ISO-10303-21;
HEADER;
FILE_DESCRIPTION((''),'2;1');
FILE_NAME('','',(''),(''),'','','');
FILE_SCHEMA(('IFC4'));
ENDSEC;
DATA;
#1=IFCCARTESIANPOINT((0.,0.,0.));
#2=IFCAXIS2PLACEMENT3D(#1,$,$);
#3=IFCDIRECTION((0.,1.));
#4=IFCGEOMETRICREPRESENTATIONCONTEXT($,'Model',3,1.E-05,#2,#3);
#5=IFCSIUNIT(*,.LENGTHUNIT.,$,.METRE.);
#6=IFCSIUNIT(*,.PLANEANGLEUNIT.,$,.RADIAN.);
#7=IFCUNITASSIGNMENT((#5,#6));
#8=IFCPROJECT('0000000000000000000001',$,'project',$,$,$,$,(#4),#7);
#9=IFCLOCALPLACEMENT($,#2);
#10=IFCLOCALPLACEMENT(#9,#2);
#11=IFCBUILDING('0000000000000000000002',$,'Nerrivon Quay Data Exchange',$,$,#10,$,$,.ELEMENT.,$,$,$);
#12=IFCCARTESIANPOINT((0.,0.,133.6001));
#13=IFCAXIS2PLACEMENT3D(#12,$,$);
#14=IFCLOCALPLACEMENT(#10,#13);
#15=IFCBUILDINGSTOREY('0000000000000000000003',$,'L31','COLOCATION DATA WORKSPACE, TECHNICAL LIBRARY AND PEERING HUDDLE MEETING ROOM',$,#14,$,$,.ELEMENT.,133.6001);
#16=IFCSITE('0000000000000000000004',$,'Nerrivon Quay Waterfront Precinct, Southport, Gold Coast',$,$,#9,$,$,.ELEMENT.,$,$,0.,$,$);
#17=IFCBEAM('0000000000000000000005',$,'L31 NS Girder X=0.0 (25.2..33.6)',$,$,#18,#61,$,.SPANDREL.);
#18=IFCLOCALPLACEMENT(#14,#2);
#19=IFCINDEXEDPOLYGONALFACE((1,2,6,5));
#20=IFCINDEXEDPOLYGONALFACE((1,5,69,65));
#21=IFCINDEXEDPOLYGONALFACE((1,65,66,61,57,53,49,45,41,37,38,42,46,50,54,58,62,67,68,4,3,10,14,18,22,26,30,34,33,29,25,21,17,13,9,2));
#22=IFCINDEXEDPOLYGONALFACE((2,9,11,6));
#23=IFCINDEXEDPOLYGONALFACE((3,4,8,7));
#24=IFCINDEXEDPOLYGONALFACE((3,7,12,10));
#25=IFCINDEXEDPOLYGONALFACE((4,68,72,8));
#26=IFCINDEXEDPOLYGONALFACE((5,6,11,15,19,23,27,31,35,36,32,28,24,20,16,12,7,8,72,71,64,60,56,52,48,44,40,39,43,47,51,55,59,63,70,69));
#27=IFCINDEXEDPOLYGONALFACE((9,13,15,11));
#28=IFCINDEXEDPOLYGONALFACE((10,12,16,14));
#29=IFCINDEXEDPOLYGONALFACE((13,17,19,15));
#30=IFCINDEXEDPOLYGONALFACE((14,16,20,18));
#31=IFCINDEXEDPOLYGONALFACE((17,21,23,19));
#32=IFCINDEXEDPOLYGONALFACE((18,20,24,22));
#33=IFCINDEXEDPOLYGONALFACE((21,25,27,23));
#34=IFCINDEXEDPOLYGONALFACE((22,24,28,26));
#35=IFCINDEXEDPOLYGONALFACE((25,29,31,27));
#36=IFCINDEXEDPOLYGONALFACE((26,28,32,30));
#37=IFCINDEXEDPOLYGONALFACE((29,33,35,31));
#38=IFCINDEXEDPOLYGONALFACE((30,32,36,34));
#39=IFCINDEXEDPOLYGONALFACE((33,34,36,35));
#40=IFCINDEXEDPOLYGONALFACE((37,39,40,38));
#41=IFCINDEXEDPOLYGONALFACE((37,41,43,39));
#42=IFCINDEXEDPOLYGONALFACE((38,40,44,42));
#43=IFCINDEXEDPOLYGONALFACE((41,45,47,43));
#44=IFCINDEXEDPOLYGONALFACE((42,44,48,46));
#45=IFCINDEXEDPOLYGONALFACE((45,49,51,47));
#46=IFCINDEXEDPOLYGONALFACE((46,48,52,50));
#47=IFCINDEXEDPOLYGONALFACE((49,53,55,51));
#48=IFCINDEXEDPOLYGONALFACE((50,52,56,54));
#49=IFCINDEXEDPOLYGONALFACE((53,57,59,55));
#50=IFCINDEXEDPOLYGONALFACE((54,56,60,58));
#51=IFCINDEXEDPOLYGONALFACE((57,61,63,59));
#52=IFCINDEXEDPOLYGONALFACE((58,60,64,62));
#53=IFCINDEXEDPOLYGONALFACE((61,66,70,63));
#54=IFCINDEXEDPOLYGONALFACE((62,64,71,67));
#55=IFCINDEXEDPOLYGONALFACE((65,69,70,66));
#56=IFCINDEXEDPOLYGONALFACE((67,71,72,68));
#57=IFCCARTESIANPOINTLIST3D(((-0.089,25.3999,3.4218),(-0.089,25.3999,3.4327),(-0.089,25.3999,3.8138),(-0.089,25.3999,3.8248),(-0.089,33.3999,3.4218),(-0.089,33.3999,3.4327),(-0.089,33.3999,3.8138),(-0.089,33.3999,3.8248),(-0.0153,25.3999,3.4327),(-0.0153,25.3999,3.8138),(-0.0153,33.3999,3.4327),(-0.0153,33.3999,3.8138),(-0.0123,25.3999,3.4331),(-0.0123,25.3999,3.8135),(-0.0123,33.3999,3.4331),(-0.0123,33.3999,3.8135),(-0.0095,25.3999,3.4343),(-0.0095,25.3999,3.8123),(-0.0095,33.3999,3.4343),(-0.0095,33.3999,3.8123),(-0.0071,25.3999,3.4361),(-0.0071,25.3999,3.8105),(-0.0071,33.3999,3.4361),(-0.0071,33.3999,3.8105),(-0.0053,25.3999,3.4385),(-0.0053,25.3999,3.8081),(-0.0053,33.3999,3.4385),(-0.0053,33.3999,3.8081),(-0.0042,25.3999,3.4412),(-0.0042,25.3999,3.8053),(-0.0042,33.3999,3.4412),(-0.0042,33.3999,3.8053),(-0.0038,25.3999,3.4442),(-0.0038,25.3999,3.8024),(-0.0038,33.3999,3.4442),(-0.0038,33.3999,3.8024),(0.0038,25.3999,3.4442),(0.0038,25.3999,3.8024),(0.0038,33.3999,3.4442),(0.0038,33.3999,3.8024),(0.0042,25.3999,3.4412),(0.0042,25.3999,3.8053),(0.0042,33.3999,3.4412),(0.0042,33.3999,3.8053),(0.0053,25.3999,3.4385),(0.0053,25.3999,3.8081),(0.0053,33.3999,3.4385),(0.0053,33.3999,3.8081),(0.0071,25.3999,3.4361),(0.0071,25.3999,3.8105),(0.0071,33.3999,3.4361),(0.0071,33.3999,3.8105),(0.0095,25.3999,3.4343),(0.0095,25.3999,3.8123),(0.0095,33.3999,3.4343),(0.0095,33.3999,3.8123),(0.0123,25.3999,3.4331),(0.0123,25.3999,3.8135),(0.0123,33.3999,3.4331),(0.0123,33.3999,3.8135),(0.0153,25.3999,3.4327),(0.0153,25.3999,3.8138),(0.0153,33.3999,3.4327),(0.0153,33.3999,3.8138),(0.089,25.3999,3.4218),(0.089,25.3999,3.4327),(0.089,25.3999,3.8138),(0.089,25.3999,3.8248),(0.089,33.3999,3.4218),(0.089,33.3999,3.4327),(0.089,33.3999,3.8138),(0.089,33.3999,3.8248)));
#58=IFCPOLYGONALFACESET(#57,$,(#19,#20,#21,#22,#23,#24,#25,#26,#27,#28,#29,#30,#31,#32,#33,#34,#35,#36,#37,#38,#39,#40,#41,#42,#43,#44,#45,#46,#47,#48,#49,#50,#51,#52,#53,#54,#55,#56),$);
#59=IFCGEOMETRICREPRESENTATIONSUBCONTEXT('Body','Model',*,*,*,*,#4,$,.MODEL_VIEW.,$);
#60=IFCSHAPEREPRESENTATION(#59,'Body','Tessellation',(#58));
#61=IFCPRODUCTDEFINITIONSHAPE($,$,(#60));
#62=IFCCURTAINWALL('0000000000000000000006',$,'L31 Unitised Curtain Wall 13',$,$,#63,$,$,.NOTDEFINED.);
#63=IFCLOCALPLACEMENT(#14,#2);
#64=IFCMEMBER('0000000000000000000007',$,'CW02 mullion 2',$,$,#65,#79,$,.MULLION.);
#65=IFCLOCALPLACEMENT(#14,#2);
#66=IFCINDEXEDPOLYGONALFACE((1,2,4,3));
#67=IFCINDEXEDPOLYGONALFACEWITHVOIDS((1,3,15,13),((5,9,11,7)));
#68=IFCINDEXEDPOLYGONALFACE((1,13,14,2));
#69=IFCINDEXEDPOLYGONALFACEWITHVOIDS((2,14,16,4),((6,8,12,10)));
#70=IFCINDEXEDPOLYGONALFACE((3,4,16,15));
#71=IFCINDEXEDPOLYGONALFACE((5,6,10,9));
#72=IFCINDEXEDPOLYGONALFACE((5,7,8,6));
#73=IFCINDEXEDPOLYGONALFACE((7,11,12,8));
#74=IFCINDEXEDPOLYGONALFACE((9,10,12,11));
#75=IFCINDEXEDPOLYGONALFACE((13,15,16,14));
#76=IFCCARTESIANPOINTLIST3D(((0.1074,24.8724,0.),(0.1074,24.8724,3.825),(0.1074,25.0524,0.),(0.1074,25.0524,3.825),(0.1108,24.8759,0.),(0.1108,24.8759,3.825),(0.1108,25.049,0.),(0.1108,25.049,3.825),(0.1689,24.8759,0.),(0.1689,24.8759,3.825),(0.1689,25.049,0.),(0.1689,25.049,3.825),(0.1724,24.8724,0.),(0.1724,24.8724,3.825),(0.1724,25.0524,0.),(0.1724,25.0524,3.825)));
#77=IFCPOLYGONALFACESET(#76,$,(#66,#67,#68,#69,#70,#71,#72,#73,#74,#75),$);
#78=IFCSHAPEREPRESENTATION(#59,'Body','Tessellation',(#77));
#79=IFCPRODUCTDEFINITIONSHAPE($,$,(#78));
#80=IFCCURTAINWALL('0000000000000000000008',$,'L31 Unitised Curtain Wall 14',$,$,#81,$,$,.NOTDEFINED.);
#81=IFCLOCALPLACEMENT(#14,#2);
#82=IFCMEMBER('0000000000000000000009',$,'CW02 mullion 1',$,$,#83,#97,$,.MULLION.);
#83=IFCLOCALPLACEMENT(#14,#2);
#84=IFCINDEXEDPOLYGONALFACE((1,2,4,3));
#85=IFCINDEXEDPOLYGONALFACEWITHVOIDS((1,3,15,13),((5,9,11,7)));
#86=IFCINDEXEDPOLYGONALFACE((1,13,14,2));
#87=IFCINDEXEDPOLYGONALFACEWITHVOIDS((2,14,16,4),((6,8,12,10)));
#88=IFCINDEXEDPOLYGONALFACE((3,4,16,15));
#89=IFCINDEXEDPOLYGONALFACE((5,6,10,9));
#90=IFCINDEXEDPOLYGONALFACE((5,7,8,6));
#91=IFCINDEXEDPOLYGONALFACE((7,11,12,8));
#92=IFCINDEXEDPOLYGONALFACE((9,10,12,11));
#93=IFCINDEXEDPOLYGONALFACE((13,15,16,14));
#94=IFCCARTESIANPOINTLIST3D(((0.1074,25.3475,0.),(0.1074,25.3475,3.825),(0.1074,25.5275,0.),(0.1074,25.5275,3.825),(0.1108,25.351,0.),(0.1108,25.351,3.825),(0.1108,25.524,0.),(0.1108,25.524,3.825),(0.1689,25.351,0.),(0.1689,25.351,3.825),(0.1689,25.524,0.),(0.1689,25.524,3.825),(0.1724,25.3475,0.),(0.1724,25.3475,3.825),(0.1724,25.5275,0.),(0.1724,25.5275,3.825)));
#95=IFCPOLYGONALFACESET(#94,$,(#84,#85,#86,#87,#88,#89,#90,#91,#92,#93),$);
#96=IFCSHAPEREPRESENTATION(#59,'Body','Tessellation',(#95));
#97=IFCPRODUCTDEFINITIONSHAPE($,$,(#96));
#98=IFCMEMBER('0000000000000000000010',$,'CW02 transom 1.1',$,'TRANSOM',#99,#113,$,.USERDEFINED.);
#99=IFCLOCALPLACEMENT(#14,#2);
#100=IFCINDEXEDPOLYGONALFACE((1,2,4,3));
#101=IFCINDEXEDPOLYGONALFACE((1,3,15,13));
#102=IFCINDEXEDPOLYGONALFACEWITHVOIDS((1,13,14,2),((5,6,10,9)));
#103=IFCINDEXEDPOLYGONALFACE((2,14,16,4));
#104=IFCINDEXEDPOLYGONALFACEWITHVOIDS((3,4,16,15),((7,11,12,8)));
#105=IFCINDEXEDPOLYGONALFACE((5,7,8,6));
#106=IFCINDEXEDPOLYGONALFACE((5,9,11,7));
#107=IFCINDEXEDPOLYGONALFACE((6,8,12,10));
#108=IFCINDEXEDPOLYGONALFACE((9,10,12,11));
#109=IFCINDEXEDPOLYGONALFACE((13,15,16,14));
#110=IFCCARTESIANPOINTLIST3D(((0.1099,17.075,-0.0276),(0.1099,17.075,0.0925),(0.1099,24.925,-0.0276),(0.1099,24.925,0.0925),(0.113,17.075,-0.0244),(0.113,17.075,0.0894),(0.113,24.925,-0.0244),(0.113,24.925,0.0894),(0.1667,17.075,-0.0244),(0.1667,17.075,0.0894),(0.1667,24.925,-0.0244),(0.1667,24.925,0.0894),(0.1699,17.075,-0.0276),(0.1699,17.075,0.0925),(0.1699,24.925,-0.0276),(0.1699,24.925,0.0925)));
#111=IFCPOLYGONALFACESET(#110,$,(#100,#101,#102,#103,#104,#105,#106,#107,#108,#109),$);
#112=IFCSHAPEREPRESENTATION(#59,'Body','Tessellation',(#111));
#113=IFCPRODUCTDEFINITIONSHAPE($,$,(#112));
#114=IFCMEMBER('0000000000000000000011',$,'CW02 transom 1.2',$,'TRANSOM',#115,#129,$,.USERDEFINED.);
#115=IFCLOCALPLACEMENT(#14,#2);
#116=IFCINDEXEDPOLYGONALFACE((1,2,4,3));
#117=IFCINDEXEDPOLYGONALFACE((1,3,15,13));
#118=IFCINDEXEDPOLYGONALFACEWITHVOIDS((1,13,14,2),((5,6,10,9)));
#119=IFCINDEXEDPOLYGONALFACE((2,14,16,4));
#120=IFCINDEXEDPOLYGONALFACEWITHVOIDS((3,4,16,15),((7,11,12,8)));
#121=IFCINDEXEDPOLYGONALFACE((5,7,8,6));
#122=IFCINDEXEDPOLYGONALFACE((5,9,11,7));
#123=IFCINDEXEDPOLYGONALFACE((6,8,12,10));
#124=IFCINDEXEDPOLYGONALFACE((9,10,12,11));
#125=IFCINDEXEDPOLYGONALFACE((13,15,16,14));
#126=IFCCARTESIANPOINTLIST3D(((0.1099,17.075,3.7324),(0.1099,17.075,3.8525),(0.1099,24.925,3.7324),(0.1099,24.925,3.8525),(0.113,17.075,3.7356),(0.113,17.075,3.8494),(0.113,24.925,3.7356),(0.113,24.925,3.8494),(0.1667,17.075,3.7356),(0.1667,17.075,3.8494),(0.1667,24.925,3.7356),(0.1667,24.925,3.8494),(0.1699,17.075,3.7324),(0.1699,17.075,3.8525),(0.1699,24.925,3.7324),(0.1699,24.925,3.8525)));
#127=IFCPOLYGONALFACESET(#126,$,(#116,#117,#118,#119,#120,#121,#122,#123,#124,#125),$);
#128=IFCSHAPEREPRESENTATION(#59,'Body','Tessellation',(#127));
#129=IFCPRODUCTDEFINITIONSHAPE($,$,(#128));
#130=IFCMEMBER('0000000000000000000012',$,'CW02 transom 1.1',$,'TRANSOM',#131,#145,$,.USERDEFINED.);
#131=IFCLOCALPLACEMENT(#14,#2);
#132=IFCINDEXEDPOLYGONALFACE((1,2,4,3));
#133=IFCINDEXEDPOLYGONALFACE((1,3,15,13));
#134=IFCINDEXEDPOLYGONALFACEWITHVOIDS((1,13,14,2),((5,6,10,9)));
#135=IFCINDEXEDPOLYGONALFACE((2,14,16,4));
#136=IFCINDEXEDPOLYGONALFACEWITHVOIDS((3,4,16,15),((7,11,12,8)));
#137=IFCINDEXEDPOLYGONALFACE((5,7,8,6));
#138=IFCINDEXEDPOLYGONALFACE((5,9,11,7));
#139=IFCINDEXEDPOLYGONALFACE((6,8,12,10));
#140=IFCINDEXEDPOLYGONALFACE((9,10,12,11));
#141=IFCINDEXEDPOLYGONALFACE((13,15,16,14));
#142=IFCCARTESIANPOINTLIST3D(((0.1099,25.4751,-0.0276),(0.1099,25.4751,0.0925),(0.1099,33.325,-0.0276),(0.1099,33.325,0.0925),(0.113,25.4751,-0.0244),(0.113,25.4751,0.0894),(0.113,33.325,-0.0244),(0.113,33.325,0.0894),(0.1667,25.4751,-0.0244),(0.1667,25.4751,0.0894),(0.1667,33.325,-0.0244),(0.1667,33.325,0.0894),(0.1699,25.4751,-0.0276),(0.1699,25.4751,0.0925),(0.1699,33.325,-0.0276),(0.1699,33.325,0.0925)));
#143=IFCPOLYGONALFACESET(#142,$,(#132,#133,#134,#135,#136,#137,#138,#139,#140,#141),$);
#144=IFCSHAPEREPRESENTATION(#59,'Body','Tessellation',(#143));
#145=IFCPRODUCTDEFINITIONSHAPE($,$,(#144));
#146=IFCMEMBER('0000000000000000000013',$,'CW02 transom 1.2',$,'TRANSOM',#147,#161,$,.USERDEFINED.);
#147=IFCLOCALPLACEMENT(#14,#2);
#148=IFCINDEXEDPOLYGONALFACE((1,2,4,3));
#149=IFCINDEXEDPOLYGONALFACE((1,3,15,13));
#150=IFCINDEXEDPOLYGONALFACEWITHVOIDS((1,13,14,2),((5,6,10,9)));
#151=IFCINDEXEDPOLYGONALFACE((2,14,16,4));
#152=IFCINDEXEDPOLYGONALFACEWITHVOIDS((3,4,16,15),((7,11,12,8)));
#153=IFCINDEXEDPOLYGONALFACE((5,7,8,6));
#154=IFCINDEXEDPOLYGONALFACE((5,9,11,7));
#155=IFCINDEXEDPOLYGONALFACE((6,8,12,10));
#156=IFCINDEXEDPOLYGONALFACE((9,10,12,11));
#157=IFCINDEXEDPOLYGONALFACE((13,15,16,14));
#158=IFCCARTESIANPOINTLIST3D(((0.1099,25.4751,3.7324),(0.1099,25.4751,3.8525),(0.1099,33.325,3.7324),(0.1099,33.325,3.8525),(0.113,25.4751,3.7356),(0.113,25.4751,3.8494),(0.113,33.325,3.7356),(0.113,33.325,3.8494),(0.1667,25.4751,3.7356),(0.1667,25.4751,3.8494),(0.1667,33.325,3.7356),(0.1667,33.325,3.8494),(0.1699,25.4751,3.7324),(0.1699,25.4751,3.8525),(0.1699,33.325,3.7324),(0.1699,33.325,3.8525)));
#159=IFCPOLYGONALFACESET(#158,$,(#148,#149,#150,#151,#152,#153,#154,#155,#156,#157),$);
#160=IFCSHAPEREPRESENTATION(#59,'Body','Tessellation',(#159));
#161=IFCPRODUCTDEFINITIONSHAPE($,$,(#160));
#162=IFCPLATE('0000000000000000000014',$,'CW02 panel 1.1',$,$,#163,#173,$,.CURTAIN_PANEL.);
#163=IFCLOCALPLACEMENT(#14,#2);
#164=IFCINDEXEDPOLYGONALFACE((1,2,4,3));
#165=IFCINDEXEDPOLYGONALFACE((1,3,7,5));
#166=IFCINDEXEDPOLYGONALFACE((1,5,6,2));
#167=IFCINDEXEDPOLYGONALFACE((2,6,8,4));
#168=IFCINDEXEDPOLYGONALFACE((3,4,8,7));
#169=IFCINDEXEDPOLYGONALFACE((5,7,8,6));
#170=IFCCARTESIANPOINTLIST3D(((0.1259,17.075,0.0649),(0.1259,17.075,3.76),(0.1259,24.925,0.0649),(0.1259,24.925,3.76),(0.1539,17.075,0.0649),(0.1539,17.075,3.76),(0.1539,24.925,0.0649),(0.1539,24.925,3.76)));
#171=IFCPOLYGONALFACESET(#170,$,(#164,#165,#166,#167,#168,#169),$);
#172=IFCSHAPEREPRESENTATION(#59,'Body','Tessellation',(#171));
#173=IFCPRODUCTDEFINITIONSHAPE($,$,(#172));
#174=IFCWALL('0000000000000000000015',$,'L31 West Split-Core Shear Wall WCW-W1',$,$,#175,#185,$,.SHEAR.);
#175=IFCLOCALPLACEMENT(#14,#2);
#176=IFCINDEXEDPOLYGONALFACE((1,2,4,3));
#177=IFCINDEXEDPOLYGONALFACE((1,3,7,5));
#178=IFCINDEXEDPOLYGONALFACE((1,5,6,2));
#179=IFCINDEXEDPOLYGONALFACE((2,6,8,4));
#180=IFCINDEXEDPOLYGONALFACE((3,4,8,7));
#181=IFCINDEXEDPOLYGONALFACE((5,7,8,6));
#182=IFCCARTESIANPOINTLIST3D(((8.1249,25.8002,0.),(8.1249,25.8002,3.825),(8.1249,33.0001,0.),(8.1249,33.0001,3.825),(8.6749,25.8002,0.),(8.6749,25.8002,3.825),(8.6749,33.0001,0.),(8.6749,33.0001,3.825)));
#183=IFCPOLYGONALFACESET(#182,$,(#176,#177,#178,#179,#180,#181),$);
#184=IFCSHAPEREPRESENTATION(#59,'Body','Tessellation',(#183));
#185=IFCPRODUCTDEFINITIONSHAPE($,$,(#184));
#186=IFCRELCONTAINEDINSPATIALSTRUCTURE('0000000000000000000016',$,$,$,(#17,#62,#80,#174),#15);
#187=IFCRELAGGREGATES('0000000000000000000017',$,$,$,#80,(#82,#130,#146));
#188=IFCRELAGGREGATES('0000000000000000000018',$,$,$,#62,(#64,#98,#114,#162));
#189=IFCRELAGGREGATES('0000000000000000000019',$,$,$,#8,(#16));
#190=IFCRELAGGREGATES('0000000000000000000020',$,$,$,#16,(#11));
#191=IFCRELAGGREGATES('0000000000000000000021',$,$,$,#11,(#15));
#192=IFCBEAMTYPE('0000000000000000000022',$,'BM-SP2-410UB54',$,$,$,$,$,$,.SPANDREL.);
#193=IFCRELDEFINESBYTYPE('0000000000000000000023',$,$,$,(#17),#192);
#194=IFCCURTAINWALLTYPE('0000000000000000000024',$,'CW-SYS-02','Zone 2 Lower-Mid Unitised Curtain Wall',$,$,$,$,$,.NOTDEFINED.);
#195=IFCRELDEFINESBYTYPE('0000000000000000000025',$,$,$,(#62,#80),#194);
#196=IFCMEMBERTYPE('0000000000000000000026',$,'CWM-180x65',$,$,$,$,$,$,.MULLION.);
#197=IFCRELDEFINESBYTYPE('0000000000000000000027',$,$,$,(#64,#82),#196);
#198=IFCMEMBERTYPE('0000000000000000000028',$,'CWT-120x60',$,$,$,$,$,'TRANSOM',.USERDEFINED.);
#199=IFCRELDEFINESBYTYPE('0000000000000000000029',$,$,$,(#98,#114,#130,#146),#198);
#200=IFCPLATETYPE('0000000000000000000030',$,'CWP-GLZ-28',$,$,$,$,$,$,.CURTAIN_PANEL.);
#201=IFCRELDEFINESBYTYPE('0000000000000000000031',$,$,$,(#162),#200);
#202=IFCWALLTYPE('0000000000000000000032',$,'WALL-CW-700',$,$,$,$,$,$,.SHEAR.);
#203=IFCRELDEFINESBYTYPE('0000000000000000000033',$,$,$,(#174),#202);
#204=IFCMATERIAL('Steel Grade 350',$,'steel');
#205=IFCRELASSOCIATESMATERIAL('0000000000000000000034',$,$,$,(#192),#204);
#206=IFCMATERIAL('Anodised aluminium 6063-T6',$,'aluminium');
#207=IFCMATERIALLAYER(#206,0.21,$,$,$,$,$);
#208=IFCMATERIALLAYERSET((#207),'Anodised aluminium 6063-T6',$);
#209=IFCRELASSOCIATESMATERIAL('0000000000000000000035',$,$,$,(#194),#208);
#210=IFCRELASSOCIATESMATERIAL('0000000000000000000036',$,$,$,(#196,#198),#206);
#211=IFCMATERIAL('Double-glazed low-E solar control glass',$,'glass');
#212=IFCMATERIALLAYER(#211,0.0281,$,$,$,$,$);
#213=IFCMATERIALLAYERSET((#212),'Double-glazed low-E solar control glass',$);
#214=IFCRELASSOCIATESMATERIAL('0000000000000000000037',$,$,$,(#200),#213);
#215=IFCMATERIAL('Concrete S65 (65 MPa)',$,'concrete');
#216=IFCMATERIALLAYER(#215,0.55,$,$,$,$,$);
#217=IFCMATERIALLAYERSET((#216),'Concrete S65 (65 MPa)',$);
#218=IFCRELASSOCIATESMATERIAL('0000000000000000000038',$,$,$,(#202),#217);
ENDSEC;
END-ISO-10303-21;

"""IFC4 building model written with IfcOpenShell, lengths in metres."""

from ifc_helpers import new_model, si_unit, direction, frame, frame_2d, origin, origin_2d, place, context, subcontext, project, spatial, rectangle, hollow_rectangle, i_section, extrude, material, layer, layer_set, material_profile, profile_set, type_object, element, aggregate, save


model = new_model("IFC4")

# Units and contexts
model_context = context("Model", 3, precision=1e-05, world=origin(), true_north=direction((0.0, 1.0)))
body_context = subcontext(model_context, "Body", "Model", "MODEL_VIEW")
ifc_project = project(units=[si_unit("LENGTHUNIT", "METRE"), si_unit("PLANEANGLEUNIT", "RADIAN")], contexts=[model_context])

# Site, building, storey
site_placement = place(None, origin())
site = spatial("IfcSite", under=ifc_project, at=site_placement, Name="Nerrivon Quay Waterfront Precinct, Southport, Gold Coast", CompositionType="ELEMENT", RefElevation=0.0)
building_placement = place(site_placement, origin())
building = spatial("IfcBuilding", under=site, at=building_placement, Name="Nerrivon Quay Data Exchange", CompositionType="ELEMENT")
storey_placement = place(building_placement, frame((0.0, 0.0, 133.6001)))
storey = spatial("IfcBuildingStorey", under=building, at=storey_placement, Name="L31", Description="COLOCATION DATA WORKSPACE, TECHNICAL LIBRARY AND PEERING HUDDLE MEETING ROOM", CompositionType="ELEMENT", Elevation=133.6001)

# Shared definitions
ifc_material_1 = material(Name="Concrete S65 (65 MPa)", Category="concrete")
ifc_material_2 = material(Name="Steel Grade 350", Category="steel")

# Beam
ifc_material_profile_1 = material_profile(ifc_material_2, i_section(OverallWidth=0.178, OverallDepth=0.4031, WebThickness=0.0076, FlangeThickness=0.011, FilletRadius=0.0115, at=origin_2d()), Name="410UB53.7")
ifc_profile_set_1 = profile_set([ifc_material_profile_1], Name="Steel Grade 350")
beam_type_1 = type_object("IfcBeamType", Name="BM-SP2-410UB54", PredefinedType="SPANDREL", material=ifc_profile_set_1)
beam_1_placement = place(storey_placement, frame((0.0, 25.3999, 3.6233), z_axis=(0.0, 1.0, 0.0), x_axis=(-1.0, 0.0, 0.0)))
element("IfcBeam", 1, at=beam_1_placement, inside=storey, type_object=beam_type_1, Name="L31 NS Girder X=0.0 (25.2..33.6)", PredefinedType="SPANDREL", context=body_context, shape_type="SweptSolid", body=[
    extrude(i_section(OverallWidth=0.178, OverallDepth=0.4031, WebThickness=0.0076, FlangeThickness=0.011, FilletRadius=0.0115, at=origin_2d()), origin(), (0.0, 0.0, 1.0), 8.0),
])

# Curtain walls, members
ifc_material_3 = material(Name="Anodised aluminium 6063-T6", Category="aluminium")
ifc_layer_1 = layer(ifc_material_3, 0.21)
ifc_layer_set_1 = layer_set([ifc_layer_1], Name="Anodised aluminium 6063-T6")
curtain_wall_type = type_object("IfcCurtainWallType", Name="CW-SYS-02", Description="Zone 2 Lower-Mid Unitised Curtain Wall", PredefinedType="NOTDEFINED", material=ifc_layer_set_1)
curtain_wall_1_placement = place(storey_placement, origin())
curtain_wall_1 = element("IfcCurtainWall", 2, at=curtain_wall_1_placement, inside=storey, type_object=curtain_wall_type, Name="L31 Unitised Curtain Wall 13", PredefinedType="NOTDEFINED")
ifc_material_profile_2 = material_profile(ifc_material_3, hollow_rectangle(XDim=0.0649, YDim=0.1799, WallThickness=0.0034, at=origin_2d()), Name="ALU-MULL-180x65")
ifc_profile_set_2 = profile_set([ifc_material_profile_2], Name="Anodised aluminium 6063-T6")
member_type_1 = type_object("IfcMemberType", Name="CWM-180x65", PredefinedType="MULLION", material=ifc_profile_set_2)
member_1_placement = place(storey_placement, frame((0.1399, 24.9624, 0.0), z_axis=(0.0, 0.0, 1.0), x_axis=(-1.0, 0.0, 0.0)))
member_1 = element("IfcMember", 3, at=member_1_placement, type_object=member_type_1, Name="CW02 mullion 2", PredefinedType="MULLION", context=body_context, shape_type="SweptSolid", body=[
    extrude(hollow_rectangle(XDim=0.0649, YDim=0.1799, WallThickness=0.0034, at=origin_2d()), origin(), (0.0, 0.0, 1.0), 3.825),
])
curtain_wall_2_placement = place(storey_placement, origin())
curtain_wall_2 = element("IfcCurtainWall", 4, at=curtain_wall_2_placement, inside=storey, type_object=curtain_wall_type, Name="L31 Unitised Curtain Wall 14", PredefinedType="NOTDEFINED")
member_2_placement = place(storey_placement, frame((0.1399, 25.4375, 0.0), z_axis=(0.0, 0.0, 1.0), x_axis=(-1.0, 0.0, 0.0)))
member_2 = element("IfcMember", 5, at=member_2_placement, type_object=member_type_1, Name="CW02 mullion 1", PredefinedType="MULLION", context=body_context, shape_type="SweptSolid", body=[
    extrude(hollow_rectangle(XDim=0.0649, YDim=0.1799, WallThickness=0.0034, at=origin_2d()), origin(), (0.0, 0.0, 1.0), 3.825),
])

# Members
ifc_material_profile_3 = material_profile(ifc_material_3, hollow_rectangle(XDim=0.0601, YDim=0.1201, WallThickness=0.0032, at=origin_2d()), Name="ALU-TRAN-120x60")
ifc_profile_set_3 = profile_set([ifc_material_profile_3], Name="Anodised aluminium 6063-T6")
member_type_2 = type_object("IfcMemberType", Name="CWT-120x60", ElementType="TRANSOM", PredefinedType="USERDEFINED", material=ifc_profile_set_3)
member_3_placement = place(storey_placement, frame((0.1399, 17.075, 0.0325), z_axis=(0.0, 1.0, 0.0), x_axis=(-1.0, 0.0, 0.0)))
member_3 = element("IfcMember", 6, at=member_3_placement, type_object=member_type_2, Name="CW02 transom 1.1", ObjectType="TRANSOM", PredefinedType="USERDEFINED", context=body_context, shape_type="SweptSolid", body=[
    extrude(hollow_rectangle(XDim=0.0601, YDim=0.1201, WallThickness=0.0032, at=origin_2d()), origin(), (0.0, 0.0, 1.0), 7.8501),
])
member_4_placement = place(storey_placement, frame((0.1399, 17.075, 3.7925), z_axis=(0.0, 1.0, 0.0), x_axis=(-1.0, 0.0, 0.0)))
member_4 = element("IfcMember", 7, at=member_4_placement, type_object=member_type_2, Name="CW02 transom 1.2", ObjectType="TRANSOM", PredefinedType="USERDEFINED", context=body_context, shape_type="SweptSolid", body=[
    extrude(hollow_rectangle(XDim=0.0601, YDim=0.1201, WallThickness=0.0032, at=origin_2d()), origin(), (0.0, 0.0, 1.0), 7.8501),
])
member_5_placement = place(storey_placement, frame((0.1399, 25.4751, 0.0325), z_axis=(0.0, 1.0, 0.0), x_axis=(-1.0, 0.0, 0.0)))
member_5 = element("IfcMember", 8, at=member_5_placement, type_object=member_type_2, Name="CW02 transom 1.1", ObjectType="TRANSOM", PredefinedType="USERDEFINED", context=body_context, shape_type="SweptSolid", body=[
    extrude(hollow_rectangle(XDim=0.0601, YDim=0.1201, WallThickness=0.0032, at=origin_2d()), origin(), (0.0, 0.0, 1.0), 7.8499),
])
member_6_placement = place(storey_placement, frame((0.1399, 25.4751, 3.7925), z_axis=(0.0, 1.0, 0.0), x_axis=(-1.0, 0.0, 0.0)))
member_6 = element("IfcMember", 9, at=member_6_placement, type_object=member_type_2, Name="CW02 transom 1.2", ObjectType="TRANSOM", PredefinedType="USERDEFINED", context=body_context, shape_type="SweptSolid", body=[
    extrude(hollow_rectangle(XDim=0.0601, YDim=0.1201, WallThickness=0.0032, at=origin_2d()), origin(), (0.0, 0.0, 1.0), 7.8499),
])
aggregate(curtain_wall_2, [member_2, member_5, member_6])

# Plate
ifc_material_4 = material(Name="Double-glazed low-E solar control glass", Category="glass")
ifc_layer_2 = layer(ifc_material_4, 0.0281)
ifc_layer_set_2 = layer_set([ifc_layer_2], Name="Double-glazed low-E solar control glass")
plate_type = type_object("IfcPlateType", Name="CWP-GLZ-28", PredefinedType="CURTAIN_PANEL", material=ifc_layer_set_2)
plate_placement = place(storey_placement, frame((0.1399, 21.0, 0.0649), z_axis=(0.0, 0.0, 1.0), x_axis=(0.0, 1.0, 0.0)))
plate = element("IfcPlate", 10, at=plate_placement, type_object=plate_type, Name="CW02 panel 1.1", PredefinedType="CURTAIN_PANEL", context=body_context, shape_type="SweptSolid", body=[
    extrude(rectangle(XDim=7.8501, YDim=0.0281, at=origin_2d()), origin(), (0.0, 0.0, 1.0), 3.6951),
])
aggregate(curtain_wall_1, [member_1, member_3, member_4, plate])

# Wall
ifc_layer_3 = layer(ifc_material_1, 0.55)
ifc_layer_set_3 = layer_set([ifc_layer_3], Name="Concrete S65 (65 MPa)")
wall_type_1 = type_object("IfcWallType", Name="WALL-CW-700", PredefinedType="SHEAR", material=ifc_layer_set_3)
wall_1_placement = place(storey_placement, frame((8.3999, 25.8, 0.0), z_axis=(0.0, 0.0, 1.0), x_axis=(0.0, 1.0, 0.0)))
element("IfcWall", 11, at=wall_1_placement, inside=storey, type_object=wall_type_1, Name="L31 West Split-Core Shear Wall WCW-W1", PredefinedType="SHEAR", context=body_context, shape_type="SweptSolid", body=[
    extrude(rectangle(XDim=7.2, YDim=0.55, at=frame_2d((3.6001, 0.0))), origin(), (0.0, 0.0, 1.0), 3.825),
])

save(model, "model.ifc")
